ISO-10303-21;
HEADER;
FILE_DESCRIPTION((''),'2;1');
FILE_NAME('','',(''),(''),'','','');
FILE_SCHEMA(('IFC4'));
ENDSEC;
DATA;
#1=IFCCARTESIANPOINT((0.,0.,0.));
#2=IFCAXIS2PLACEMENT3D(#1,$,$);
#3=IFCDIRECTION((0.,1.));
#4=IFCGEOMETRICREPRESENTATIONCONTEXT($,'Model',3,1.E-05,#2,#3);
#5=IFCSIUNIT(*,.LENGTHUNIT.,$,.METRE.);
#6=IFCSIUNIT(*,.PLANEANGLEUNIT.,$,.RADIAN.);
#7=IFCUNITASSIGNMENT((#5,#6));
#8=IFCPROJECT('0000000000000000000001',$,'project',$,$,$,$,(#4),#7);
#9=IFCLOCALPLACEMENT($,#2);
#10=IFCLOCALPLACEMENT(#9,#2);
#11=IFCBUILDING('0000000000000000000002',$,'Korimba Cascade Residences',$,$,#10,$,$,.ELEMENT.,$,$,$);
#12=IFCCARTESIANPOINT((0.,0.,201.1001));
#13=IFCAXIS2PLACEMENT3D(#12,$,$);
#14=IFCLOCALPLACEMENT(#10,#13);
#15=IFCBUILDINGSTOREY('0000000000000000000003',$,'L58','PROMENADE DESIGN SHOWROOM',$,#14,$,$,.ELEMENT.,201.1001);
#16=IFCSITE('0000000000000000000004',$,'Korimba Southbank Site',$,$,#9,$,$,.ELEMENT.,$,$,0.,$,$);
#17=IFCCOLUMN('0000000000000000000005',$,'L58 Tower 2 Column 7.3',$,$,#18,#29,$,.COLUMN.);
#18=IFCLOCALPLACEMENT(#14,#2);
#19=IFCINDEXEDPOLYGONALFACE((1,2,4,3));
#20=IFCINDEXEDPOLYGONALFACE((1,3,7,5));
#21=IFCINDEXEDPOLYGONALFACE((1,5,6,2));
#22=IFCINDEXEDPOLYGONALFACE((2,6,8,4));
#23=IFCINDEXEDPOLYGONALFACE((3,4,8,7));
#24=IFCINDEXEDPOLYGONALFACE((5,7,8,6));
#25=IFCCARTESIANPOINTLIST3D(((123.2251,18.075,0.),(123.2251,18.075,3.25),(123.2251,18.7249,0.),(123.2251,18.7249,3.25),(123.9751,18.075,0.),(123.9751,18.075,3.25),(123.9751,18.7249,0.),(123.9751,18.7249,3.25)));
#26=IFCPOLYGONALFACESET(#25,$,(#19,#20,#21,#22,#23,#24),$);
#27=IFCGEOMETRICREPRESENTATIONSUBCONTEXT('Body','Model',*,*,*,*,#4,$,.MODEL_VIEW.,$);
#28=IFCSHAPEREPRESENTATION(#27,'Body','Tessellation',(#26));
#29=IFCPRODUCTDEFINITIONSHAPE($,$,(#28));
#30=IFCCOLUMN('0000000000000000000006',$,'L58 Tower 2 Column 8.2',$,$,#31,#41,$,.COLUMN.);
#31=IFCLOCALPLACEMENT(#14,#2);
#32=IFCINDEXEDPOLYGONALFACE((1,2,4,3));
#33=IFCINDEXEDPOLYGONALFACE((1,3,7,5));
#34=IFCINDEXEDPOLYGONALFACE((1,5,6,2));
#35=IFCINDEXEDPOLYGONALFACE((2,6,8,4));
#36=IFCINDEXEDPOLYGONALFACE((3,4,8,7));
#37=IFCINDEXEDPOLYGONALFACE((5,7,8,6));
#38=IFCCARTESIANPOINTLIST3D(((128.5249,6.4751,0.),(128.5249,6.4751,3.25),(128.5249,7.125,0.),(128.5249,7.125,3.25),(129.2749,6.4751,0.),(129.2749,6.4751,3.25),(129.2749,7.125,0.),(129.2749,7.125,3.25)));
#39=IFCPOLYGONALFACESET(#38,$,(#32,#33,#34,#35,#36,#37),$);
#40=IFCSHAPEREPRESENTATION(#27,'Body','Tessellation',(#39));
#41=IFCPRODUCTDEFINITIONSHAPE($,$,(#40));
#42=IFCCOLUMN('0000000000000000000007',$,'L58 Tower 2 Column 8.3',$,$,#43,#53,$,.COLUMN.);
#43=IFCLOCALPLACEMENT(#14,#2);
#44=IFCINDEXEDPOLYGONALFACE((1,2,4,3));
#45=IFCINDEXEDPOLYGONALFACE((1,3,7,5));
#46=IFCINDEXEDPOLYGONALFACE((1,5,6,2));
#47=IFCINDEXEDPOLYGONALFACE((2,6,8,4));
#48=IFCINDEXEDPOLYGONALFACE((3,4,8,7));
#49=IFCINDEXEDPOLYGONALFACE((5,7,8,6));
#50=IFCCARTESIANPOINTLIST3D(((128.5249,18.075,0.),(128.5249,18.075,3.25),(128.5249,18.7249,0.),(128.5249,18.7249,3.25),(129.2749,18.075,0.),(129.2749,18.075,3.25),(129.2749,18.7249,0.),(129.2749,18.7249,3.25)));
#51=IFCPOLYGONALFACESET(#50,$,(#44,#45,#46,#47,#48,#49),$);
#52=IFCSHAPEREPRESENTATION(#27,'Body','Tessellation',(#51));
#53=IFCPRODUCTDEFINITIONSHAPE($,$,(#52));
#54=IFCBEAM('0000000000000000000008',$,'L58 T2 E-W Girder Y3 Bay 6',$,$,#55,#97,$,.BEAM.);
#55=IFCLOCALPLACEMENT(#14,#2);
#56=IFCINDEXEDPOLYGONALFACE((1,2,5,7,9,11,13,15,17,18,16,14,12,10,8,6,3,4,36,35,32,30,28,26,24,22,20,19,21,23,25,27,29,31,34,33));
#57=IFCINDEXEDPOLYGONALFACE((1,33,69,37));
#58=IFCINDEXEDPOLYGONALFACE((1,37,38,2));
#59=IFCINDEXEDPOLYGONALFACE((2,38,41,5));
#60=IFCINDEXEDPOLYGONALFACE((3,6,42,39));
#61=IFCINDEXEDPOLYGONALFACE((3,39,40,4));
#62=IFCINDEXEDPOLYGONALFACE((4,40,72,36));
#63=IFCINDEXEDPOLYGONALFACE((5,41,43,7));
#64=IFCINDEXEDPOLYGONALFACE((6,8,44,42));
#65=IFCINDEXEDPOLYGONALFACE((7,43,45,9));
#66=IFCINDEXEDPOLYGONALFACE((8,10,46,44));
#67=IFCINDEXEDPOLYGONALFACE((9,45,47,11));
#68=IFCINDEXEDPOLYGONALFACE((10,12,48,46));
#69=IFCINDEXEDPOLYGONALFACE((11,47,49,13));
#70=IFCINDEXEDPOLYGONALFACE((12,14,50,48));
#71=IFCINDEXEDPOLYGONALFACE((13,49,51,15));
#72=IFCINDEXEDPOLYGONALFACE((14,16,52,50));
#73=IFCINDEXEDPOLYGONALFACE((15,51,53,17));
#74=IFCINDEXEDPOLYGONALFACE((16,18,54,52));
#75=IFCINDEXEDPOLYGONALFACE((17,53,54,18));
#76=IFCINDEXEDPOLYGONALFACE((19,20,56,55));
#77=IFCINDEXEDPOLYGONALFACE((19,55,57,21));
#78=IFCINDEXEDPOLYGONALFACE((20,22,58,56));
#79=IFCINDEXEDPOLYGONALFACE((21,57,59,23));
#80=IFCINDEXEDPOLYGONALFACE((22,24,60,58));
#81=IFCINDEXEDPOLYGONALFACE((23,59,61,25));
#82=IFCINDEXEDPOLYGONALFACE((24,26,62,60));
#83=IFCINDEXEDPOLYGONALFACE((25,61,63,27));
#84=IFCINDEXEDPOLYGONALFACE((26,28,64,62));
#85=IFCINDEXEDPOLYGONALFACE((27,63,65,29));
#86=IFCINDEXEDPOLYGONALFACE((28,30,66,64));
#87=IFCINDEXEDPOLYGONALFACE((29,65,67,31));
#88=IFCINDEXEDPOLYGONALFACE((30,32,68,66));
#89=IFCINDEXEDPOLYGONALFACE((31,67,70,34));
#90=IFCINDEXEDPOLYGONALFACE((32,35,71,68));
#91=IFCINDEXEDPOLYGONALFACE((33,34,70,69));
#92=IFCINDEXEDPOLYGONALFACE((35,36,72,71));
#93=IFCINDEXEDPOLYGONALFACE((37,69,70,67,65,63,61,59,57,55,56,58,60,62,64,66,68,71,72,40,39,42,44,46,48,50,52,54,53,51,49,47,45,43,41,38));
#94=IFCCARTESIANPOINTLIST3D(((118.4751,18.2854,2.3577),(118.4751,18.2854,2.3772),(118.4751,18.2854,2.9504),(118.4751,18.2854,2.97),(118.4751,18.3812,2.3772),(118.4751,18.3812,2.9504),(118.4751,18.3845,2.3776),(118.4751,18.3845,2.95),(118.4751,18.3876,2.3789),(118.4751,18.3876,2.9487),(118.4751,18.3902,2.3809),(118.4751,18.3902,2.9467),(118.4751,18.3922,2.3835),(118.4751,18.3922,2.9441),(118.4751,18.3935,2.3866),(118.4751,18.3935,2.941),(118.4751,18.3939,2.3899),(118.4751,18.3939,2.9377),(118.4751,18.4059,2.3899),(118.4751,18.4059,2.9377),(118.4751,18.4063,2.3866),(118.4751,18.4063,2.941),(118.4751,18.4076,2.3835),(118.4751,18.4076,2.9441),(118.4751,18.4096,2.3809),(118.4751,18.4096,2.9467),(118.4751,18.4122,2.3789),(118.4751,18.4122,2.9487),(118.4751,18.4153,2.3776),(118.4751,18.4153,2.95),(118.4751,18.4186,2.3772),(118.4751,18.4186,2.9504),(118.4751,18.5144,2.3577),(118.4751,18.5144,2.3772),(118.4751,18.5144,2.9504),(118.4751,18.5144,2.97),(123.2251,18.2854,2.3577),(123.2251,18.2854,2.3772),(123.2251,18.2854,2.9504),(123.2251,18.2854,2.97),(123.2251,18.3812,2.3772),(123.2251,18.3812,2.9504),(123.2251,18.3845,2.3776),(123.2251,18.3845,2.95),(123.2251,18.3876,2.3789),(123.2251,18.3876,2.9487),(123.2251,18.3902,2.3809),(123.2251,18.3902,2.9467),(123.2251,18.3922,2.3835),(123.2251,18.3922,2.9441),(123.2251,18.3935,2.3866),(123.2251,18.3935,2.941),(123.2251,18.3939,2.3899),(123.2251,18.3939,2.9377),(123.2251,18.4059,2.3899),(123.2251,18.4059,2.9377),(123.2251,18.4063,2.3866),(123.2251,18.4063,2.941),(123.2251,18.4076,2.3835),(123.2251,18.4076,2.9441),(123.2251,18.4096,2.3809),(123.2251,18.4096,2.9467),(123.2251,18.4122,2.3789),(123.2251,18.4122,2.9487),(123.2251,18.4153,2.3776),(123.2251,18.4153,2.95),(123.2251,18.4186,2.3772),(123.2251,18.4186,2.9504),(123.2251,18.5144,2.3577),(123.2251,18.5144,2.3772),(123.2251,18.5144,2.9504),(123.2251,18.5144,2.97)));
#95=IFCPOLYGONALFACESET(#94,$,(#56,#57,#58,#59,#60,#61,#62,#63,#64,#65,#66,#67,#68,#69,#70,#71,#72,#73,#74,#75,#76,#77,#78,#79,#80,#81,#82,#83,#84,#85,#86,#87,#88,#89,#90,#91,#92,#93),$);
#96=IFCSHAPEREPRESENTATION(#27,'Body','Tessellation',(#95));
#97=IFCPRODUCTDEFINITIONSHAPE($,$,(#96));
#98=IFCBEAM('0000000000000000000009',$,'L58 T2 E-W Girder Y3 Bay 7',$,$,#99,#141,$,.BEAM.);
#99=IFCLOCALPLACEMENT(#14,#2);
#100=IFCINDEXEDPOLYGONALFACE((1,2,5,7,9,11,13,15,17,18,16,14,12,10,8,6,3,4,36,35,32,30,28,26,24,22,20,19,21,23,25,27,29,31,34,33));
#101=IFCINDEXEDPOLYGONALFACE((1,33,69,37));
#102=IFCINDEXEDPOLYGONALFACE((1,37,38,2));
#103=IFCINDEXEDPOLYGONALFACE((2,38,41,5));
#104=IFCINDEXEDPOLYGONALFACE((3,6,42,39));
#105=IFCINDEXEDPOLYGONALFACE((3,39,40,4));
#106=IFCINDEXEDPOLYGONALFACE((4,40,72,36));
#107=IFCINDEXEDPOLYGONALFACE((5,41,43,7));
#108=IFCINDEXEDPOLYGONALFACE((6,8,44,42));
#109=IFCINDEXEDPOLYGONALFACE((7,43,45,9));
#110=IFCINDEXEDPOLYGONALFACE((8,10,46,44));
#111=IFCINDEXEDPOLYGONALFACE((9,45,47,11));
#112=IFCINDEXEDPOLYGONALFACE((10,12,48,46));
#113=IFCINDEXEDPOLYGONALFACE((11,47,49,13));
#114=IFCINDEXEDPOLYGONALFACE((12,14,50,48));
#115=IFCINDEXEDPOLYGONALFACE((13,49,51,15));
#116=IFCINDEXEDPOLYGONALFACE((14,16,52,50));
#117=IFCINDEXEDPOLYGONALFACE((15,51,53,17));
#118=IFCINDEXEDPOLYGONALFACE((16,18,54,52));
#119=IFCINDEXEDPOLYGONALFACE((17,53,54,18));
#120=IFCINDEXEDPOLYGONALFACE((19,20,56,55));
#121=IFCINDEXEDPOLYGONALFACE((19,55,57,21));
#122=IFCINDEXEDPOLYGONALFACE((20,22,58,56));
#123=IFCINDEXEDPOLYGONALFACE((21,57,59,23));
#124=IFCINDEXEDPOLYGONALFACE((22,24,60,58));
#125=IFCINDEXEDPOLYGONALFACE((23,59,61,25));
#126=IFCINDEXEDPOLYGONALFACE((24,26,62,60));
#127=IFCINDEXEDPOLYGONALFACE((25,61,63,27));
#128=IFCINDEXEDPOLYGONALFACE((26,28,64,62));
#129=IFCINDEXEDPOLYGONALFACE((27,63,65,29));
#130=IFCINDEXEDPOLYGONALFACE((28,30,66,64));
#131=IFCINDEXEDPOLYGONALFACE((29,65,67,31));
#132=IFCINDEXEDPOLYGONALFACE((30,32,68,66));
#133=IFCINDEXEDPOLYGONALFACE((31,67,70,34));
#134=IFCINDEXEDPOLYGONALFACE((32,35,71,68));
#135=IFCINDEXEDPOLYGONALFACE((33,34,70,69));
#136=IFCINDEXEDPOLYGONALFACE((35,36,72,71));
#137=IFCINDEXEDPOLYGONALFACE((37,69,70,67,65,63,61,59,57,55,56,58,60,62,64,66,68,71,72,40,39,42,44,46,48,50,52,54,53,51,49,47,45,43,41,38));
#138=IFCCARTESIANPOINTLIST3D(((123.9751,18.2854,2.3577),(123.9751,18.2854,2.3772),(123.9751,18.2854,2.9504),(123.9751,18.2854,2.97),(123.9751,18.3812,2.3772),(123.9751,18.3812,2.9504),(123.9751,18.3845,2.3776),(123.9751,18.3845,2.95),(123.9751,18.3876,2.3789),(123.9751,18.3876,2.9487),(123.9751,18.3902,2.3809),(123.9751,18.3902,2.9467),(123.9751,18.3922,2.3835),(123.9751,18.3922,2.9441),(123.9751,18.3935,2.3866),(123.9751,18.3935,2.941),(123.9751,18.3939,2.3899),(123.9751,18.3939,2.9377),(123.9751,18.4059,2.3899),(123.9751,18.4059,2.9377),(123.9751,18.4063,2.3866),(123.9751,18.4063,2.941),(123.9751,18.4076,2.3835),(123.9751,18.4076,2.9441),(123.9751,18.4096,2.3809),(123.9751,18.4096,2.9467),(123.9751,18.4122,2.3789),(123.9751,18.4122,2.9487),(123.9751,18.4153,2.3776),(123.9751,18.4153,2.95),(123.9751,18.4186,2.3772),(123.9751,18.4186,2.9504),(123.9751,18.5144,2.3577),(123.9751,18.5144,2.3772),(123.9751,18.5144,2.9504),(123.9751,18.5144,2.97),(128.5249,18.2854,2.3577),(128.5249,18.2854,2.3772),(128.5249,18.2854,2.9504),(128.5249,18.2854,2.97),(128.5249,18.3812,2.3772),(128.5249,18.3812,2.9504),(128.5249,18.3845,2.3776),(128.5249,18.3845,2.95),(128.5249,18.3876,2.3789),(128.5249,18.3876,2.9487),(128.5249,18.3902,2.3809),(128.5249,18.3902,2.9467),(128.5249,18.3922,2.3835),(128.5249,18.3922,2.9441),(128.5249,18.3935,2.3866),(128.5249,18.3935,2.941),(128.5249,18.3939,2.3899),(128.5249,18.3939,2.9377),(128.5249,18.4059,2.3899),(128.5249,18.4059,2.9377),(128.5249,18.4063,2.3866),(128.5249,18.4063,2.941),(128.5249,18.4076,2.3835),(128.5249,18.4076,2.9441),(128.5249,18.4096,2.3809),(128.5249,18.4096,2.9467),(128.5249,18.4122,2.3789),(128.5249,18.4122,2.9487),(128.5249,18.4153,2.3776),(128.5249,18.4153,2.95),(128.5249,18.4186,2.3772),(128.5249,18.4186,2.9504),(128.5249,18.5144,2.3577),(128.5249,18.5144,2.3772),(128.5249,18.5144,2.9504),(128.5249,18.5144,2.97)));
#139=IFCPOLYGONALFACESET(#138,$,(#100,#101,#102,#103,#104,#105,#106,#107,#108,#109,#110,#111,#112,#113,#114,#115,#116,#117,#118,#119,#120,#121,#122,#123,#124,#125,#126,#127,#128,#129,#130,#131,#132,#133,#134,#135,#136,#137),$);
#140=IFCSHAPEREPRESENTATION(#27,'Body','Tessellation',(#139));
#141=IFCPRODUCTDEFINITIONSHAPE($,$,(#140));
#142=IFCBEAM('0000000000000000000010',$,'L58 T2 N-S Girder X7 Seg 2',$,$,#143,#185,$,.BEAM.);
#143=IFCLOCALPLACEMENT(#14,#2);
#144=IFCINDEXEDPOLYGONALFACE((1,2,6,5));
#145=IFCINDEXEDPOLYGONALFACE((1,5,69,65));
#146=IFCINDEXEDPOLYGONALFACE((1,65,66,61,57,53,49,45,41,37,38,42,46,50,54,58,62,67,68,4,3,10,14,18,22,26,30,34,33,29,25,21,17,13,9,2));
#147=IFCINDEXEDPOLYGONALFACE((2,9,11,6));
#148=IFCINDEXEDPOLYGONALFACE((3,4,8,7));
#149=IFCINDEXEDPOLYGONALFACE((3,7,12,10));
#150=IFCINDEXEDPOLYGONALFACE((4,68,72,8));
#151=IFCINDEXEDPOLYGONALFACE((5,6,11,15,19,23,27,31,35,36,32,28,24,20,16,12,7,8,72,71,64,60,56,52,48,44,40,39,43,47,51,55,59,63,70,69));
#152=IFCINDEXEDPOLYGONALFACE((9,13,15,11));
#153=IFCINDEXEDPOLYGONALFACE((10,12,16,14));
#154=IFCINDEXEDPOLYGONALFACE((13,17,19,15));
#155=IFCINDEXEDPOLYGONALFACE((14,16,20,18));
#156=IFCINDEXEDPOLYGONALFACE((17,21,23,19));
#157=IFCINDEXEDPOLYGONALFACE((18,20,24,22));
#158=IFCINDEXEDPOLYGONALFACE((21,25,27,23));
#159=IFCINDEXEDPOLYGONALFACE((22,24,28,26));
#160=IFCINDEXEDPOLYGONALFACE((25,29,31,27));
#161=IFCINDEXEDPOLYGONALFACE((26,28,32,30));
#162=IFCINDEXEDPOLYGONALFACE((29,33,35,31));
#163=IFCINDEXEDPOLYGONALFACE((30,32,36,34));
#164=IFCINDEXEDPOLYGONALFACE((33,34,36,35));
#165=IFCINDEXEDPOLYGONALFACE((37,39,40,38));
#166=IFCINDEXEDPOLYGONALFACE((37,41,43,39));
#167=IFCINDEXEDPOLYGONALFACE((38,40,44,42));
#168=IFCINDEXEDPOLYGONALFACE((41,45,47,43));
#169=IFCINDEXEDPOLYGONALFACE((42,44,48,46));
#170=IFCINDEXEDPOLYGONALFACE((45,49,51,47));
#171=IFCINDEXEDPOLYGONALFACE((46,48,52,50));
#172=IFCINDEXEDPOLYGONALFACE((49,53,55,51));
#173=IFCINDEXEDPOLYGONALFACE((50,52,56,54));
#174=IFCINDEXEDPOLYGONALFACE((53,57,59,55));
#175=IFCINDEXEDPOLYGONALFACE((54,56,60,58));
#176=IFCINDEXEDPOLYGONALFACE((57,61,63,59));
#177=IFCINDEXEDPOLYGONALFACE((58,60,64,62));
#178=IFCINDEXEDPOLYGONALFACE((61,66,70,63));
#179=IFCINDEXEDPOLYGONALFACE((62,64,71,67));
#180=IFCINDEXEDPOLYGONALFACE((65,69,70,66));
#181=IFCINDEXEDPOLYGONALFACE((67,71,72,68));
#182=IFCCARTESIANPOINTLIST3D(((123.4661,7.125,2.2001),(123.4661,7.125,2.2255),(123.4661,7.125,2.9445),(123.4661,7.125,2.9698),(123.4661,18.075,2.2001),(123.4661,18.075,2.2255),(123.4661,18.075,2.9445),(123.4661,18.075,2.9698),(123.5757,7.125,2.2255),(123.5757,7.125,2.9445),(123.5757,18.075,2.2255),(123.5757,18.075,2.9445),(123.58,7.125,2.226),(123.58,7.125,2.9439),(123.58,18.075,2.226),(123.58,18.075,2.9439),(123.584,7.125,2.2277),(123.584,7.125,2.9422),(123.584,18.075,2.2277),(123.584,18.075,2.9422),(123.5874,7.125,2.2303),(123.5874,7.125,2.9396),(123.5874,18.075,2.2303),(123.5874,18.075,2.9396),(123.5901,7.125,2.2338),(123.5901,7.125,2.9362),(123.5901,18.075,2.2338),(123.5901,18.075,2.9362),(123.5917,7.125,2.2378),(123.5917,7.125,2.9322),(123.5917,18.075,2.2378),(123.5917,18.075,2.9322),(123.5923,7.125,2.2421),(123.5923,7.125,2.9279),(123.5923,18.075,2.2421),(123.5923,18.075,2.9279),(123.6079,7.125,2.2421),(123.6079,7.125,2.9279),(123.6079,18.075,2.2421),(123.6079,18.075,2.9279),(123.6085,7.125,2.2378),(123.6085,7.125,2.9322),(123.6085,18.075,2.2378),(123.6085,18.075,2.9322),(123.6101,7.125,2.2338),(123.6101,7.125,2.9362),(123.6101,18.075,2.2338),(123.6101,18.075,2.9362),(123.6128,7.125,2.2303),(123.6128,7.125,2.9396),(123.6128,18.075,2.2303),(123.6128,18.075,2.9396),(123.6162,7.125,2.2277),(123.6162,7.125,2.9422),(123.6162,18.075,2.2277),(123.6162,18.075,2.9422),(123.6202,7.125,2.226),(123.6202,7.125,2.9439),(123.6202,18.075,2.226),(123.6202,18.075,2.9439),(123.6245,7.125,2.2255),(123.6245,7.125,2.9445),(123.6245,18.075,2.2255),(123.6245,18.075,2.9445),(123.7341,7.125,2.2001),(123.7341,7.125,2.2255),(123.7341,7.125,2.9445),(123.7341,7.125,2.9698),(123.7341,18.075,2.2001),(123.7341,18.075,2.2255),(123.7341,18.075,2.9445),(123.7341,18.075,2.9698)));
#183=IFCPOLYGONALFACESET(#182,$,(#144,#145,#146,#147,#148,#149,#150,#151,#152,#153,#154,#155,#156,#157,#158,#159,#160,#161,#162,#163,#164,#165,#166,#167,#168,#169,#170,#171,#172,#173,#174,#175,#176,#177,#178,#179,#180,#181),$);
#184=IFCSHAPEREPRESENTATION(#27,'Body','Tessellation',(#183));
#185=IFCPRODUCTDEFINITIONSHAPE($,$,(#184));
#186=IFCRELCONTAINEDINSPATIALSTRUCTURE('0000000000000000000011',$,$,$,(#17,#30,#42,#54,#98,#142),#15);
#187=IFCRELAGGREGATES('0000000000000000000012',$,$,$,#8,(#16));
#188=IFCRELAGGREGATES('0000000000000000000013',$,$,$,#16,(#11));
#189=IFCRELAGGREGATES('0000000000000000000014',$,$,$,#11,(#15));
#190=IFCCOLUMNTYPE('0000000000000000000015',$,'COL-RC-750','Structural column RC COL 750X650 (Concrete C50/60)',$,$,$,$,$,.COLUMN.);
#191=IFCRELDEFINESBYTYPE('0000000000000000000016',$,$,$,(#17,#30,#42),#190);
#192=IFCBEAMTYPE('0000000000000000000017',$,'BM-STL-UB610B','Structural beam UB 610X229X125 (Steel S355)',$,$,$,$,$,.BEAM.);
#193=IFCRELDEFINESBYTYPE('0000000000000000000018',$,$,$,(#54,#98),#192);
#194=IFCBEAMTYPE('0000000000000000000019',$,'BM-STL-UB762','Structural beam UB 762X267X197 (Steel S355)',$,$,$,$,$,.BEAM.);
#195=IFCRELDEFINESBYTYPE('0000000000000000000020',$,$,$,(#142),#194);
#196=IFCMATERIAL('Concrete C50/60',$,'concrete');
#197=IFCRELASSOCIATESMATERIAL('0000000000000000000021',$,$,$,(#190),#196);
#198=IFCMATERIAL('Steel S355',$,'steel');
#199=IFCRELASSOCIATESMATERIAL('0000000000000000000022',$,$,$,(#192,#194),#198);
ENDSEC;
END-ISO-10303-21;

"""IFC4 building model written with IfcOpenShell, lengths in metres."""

from ifc_helpers import new_model, si_unit, direction, frame, origin, origin_2d, place, context, subcontext, project, spatial, rectangle, i_section, extrude, material, material_profile, profile_set, type_object, element, save


model = new_model("IFC4")

# Units and contexts
model_context = context("Model", 3, precision=1e-05, world=origin(), true_north=direction((0.0, 1.0)))
body_context = subcontext(model_context, "Body", "Model", "MODEL_VIEW")
ifc_project = project(units=[si_unit("LENGTHUNIT", "METRE"), si_unit("PLANEANGLEUNIT", "RADIAN")], contexts=[model_context])

# Site, building, storey
site_placement = place(None, origin())
site = spatial("IfcSite", under=ifc_project, at=site_placement, Name="Korimba Southbank Site", CompositionType="ELEMENT", RefElevation=0.0)
building_placement = place(site_placement, origin())
building = spatial("IfcBuilding", under=site, at=building_placement, Name="Korimba Cascade Residences", CompositionType="ELEMENT")
storey_placement = place(building_placement, frame((0.0, 0.0, 201.1001)))
storey = spatial("IfcBuildingStorey", under=building, at=storey_placement, Name="L58", Description="PROMENADE DESIGN SHOWROOM", CompositionType="ELEMENT", Elevation=201.1001)

# Columns
ifc_material_1 = material(Name="Concrete C50/60", Category="concrete")
ifc_material_profile_1 = material_profile(ifc_material_1, rectangle(XDim=0.75, YDim=0.6499, at=origin_2d()), Name="Concrete C50/60")
ifc_profile_set_1 = profile_set([ifc_material_profile_1], Name="Concrete C50/60")
column_type = type_object("IfcColumnType", Name="COL-RC-750", Description="Structural column RC COL 750X650 (Concrete C50/60)", PredefinedType="COLUMN", material=ifc_profile_set_1)
for number, where, z_axis, x_axis, name in (
    (1, (123.6001, 18.3999, 0.0), (0.0, 0.0, 1.0), (1.0, 0.0, 0.0), "L58 Tower 2 Column 7.3"),
    (2, (128.8999, 6.8, 0.0), (0.0, 0.0, 1.0), (1.0, 0.0, 0.0), "L58 Tower 2 Column 8.2"),
    (3, (128.8999, 18.3999, 0.0), (0.0, 0.0, 1.0), (1.0, 0.0, 0.0), "L58 Tower 2 Column 8.3"),
):
    element("IfcColumn", number, at=place(storey_placement, frame(where, z_axis=z_axis, x_axis=x_axis)), inside=storey, type_object=column_type, Name=name, PredefinedType="COLUMN", context=body_context, shape_type="SweptSolid", body=[
        extrude(rectangle(XDim=0.75, YDim=0.6499, at=origin_2d()), origin(), (0.0, 0.0, 1.0), 3.25),
    ])

# Beams
ifc_material_2 = material(Name="Steel S355", Category="steel")
ifc_material_profile_2 = material_profile(ifc_material_2, i_section(OverallWidth=0.229, OverallDepth=0.6123, WebThickness=0.012, FlangeThickness=0.0195, FilletRadius=0.0127, at=origin_2d()), Name="Steel S355")
ifc_profile_set_2 = profile_set([ifc_material_profile_2], Name="Steel S355")
beam_type_1 = type_object("IfcBeamType", Name="BM-STL-UB610B", Description="Structural beam UB 610X229X125 (Steel S355)", PredefinedType="BEAM", material=ifc_profile_set_2)
beam_1_placement = place(storey_placement, frame((118.4751, 18.3999, 2.6638), z_axis=(1.0, 0.0, 0.0), x_axis=(0.0, 1.0, 0.0)))
element("IfcBeam", 4, at=beam_1_placement, inside=storey, type_object=beam_type_1, Name="L58 T2 E-W Girder Y3 Bay 6", PredefinedType="BEAM", context=body_context, shape_type="SweptSolid", body=[
    extrude(i_section(OverallWidth=0.229, OverallDepth=0.6123, WebThickness=0.012, FlangeThickness=0.0195, FilletRadius=0.0127, at=origin_2d()), origin(), (0.0, 0.0, 1.0), 4.75),
])
beam_2_placement = place(storey_placement, frame((123.9751, 18.3999, 2.6638), z_axis=(1.0, 0.0, 0.0), x_axis=(0.0, 1.0, 0.0)))
element("IfcBeam", 5, at=beam_2_placement, inside=storey, type_object=beam_type_1, Name="L58 T2 E-W Girder Y3 Bay 7", PredefinedType="BEAM", context=body_context, shape_type="SweptSolid", body=[
    extrude(i_section(OverallWidth=0.229, OverallDepth=0.6123, WebThickness=0.012, FlangeThickness=0.0195, FilletRadius=0.0127, at=origin_2d()), origin(), (0.0, 0.0, 1.0), 4.5498),
])
ifc_material_profile_3 = material_profile(ifc_material_2, i_section(OverallWidth=0.2681, OverallDepth=0.7698, WebThickness=0.0156, FlangeThickness=0.0254, FilletRadius=0.0166, at=origin_2d()), Name="Steel S355")
ifc_profile_set_3 = profile_set([ifc_material_profile_3], Name="Steel S355")
beam_type_2 = type_object("IfcBeamType", Name="BM-STL-UB762", Description="Structural beam UB 762X267X197 (Steel S355)", PredefinedType="BEAM", material=ifc_profile_set_3)
beam_3_placement = place(storey_placement, frame((123.6001, 7.125, 2.585), z_axis=(0.0, 1.0, 0.0), x_axis=(-1.0, 0.0, 0.0)))
element("IfcBeam", 6, at=beam_3_placement, inside=storey, type_object=beam_type_2, Name="L58 T2 N-S Girder X7 Seg 2", PredefinedType="BEAM", context=body_context, shape_type="SweptSolid", body=[
    extrude(i_section(OverallWidth=0.2681, OverallDepth=0.7698, WebThickness=0.0156, FlangeThickness=0.0254, FilletRadius=0.0166, at=origin_2d()), origin(), (0.0, 0.0, 1.0), 10.95),
])

save(model, "model.ifc")
